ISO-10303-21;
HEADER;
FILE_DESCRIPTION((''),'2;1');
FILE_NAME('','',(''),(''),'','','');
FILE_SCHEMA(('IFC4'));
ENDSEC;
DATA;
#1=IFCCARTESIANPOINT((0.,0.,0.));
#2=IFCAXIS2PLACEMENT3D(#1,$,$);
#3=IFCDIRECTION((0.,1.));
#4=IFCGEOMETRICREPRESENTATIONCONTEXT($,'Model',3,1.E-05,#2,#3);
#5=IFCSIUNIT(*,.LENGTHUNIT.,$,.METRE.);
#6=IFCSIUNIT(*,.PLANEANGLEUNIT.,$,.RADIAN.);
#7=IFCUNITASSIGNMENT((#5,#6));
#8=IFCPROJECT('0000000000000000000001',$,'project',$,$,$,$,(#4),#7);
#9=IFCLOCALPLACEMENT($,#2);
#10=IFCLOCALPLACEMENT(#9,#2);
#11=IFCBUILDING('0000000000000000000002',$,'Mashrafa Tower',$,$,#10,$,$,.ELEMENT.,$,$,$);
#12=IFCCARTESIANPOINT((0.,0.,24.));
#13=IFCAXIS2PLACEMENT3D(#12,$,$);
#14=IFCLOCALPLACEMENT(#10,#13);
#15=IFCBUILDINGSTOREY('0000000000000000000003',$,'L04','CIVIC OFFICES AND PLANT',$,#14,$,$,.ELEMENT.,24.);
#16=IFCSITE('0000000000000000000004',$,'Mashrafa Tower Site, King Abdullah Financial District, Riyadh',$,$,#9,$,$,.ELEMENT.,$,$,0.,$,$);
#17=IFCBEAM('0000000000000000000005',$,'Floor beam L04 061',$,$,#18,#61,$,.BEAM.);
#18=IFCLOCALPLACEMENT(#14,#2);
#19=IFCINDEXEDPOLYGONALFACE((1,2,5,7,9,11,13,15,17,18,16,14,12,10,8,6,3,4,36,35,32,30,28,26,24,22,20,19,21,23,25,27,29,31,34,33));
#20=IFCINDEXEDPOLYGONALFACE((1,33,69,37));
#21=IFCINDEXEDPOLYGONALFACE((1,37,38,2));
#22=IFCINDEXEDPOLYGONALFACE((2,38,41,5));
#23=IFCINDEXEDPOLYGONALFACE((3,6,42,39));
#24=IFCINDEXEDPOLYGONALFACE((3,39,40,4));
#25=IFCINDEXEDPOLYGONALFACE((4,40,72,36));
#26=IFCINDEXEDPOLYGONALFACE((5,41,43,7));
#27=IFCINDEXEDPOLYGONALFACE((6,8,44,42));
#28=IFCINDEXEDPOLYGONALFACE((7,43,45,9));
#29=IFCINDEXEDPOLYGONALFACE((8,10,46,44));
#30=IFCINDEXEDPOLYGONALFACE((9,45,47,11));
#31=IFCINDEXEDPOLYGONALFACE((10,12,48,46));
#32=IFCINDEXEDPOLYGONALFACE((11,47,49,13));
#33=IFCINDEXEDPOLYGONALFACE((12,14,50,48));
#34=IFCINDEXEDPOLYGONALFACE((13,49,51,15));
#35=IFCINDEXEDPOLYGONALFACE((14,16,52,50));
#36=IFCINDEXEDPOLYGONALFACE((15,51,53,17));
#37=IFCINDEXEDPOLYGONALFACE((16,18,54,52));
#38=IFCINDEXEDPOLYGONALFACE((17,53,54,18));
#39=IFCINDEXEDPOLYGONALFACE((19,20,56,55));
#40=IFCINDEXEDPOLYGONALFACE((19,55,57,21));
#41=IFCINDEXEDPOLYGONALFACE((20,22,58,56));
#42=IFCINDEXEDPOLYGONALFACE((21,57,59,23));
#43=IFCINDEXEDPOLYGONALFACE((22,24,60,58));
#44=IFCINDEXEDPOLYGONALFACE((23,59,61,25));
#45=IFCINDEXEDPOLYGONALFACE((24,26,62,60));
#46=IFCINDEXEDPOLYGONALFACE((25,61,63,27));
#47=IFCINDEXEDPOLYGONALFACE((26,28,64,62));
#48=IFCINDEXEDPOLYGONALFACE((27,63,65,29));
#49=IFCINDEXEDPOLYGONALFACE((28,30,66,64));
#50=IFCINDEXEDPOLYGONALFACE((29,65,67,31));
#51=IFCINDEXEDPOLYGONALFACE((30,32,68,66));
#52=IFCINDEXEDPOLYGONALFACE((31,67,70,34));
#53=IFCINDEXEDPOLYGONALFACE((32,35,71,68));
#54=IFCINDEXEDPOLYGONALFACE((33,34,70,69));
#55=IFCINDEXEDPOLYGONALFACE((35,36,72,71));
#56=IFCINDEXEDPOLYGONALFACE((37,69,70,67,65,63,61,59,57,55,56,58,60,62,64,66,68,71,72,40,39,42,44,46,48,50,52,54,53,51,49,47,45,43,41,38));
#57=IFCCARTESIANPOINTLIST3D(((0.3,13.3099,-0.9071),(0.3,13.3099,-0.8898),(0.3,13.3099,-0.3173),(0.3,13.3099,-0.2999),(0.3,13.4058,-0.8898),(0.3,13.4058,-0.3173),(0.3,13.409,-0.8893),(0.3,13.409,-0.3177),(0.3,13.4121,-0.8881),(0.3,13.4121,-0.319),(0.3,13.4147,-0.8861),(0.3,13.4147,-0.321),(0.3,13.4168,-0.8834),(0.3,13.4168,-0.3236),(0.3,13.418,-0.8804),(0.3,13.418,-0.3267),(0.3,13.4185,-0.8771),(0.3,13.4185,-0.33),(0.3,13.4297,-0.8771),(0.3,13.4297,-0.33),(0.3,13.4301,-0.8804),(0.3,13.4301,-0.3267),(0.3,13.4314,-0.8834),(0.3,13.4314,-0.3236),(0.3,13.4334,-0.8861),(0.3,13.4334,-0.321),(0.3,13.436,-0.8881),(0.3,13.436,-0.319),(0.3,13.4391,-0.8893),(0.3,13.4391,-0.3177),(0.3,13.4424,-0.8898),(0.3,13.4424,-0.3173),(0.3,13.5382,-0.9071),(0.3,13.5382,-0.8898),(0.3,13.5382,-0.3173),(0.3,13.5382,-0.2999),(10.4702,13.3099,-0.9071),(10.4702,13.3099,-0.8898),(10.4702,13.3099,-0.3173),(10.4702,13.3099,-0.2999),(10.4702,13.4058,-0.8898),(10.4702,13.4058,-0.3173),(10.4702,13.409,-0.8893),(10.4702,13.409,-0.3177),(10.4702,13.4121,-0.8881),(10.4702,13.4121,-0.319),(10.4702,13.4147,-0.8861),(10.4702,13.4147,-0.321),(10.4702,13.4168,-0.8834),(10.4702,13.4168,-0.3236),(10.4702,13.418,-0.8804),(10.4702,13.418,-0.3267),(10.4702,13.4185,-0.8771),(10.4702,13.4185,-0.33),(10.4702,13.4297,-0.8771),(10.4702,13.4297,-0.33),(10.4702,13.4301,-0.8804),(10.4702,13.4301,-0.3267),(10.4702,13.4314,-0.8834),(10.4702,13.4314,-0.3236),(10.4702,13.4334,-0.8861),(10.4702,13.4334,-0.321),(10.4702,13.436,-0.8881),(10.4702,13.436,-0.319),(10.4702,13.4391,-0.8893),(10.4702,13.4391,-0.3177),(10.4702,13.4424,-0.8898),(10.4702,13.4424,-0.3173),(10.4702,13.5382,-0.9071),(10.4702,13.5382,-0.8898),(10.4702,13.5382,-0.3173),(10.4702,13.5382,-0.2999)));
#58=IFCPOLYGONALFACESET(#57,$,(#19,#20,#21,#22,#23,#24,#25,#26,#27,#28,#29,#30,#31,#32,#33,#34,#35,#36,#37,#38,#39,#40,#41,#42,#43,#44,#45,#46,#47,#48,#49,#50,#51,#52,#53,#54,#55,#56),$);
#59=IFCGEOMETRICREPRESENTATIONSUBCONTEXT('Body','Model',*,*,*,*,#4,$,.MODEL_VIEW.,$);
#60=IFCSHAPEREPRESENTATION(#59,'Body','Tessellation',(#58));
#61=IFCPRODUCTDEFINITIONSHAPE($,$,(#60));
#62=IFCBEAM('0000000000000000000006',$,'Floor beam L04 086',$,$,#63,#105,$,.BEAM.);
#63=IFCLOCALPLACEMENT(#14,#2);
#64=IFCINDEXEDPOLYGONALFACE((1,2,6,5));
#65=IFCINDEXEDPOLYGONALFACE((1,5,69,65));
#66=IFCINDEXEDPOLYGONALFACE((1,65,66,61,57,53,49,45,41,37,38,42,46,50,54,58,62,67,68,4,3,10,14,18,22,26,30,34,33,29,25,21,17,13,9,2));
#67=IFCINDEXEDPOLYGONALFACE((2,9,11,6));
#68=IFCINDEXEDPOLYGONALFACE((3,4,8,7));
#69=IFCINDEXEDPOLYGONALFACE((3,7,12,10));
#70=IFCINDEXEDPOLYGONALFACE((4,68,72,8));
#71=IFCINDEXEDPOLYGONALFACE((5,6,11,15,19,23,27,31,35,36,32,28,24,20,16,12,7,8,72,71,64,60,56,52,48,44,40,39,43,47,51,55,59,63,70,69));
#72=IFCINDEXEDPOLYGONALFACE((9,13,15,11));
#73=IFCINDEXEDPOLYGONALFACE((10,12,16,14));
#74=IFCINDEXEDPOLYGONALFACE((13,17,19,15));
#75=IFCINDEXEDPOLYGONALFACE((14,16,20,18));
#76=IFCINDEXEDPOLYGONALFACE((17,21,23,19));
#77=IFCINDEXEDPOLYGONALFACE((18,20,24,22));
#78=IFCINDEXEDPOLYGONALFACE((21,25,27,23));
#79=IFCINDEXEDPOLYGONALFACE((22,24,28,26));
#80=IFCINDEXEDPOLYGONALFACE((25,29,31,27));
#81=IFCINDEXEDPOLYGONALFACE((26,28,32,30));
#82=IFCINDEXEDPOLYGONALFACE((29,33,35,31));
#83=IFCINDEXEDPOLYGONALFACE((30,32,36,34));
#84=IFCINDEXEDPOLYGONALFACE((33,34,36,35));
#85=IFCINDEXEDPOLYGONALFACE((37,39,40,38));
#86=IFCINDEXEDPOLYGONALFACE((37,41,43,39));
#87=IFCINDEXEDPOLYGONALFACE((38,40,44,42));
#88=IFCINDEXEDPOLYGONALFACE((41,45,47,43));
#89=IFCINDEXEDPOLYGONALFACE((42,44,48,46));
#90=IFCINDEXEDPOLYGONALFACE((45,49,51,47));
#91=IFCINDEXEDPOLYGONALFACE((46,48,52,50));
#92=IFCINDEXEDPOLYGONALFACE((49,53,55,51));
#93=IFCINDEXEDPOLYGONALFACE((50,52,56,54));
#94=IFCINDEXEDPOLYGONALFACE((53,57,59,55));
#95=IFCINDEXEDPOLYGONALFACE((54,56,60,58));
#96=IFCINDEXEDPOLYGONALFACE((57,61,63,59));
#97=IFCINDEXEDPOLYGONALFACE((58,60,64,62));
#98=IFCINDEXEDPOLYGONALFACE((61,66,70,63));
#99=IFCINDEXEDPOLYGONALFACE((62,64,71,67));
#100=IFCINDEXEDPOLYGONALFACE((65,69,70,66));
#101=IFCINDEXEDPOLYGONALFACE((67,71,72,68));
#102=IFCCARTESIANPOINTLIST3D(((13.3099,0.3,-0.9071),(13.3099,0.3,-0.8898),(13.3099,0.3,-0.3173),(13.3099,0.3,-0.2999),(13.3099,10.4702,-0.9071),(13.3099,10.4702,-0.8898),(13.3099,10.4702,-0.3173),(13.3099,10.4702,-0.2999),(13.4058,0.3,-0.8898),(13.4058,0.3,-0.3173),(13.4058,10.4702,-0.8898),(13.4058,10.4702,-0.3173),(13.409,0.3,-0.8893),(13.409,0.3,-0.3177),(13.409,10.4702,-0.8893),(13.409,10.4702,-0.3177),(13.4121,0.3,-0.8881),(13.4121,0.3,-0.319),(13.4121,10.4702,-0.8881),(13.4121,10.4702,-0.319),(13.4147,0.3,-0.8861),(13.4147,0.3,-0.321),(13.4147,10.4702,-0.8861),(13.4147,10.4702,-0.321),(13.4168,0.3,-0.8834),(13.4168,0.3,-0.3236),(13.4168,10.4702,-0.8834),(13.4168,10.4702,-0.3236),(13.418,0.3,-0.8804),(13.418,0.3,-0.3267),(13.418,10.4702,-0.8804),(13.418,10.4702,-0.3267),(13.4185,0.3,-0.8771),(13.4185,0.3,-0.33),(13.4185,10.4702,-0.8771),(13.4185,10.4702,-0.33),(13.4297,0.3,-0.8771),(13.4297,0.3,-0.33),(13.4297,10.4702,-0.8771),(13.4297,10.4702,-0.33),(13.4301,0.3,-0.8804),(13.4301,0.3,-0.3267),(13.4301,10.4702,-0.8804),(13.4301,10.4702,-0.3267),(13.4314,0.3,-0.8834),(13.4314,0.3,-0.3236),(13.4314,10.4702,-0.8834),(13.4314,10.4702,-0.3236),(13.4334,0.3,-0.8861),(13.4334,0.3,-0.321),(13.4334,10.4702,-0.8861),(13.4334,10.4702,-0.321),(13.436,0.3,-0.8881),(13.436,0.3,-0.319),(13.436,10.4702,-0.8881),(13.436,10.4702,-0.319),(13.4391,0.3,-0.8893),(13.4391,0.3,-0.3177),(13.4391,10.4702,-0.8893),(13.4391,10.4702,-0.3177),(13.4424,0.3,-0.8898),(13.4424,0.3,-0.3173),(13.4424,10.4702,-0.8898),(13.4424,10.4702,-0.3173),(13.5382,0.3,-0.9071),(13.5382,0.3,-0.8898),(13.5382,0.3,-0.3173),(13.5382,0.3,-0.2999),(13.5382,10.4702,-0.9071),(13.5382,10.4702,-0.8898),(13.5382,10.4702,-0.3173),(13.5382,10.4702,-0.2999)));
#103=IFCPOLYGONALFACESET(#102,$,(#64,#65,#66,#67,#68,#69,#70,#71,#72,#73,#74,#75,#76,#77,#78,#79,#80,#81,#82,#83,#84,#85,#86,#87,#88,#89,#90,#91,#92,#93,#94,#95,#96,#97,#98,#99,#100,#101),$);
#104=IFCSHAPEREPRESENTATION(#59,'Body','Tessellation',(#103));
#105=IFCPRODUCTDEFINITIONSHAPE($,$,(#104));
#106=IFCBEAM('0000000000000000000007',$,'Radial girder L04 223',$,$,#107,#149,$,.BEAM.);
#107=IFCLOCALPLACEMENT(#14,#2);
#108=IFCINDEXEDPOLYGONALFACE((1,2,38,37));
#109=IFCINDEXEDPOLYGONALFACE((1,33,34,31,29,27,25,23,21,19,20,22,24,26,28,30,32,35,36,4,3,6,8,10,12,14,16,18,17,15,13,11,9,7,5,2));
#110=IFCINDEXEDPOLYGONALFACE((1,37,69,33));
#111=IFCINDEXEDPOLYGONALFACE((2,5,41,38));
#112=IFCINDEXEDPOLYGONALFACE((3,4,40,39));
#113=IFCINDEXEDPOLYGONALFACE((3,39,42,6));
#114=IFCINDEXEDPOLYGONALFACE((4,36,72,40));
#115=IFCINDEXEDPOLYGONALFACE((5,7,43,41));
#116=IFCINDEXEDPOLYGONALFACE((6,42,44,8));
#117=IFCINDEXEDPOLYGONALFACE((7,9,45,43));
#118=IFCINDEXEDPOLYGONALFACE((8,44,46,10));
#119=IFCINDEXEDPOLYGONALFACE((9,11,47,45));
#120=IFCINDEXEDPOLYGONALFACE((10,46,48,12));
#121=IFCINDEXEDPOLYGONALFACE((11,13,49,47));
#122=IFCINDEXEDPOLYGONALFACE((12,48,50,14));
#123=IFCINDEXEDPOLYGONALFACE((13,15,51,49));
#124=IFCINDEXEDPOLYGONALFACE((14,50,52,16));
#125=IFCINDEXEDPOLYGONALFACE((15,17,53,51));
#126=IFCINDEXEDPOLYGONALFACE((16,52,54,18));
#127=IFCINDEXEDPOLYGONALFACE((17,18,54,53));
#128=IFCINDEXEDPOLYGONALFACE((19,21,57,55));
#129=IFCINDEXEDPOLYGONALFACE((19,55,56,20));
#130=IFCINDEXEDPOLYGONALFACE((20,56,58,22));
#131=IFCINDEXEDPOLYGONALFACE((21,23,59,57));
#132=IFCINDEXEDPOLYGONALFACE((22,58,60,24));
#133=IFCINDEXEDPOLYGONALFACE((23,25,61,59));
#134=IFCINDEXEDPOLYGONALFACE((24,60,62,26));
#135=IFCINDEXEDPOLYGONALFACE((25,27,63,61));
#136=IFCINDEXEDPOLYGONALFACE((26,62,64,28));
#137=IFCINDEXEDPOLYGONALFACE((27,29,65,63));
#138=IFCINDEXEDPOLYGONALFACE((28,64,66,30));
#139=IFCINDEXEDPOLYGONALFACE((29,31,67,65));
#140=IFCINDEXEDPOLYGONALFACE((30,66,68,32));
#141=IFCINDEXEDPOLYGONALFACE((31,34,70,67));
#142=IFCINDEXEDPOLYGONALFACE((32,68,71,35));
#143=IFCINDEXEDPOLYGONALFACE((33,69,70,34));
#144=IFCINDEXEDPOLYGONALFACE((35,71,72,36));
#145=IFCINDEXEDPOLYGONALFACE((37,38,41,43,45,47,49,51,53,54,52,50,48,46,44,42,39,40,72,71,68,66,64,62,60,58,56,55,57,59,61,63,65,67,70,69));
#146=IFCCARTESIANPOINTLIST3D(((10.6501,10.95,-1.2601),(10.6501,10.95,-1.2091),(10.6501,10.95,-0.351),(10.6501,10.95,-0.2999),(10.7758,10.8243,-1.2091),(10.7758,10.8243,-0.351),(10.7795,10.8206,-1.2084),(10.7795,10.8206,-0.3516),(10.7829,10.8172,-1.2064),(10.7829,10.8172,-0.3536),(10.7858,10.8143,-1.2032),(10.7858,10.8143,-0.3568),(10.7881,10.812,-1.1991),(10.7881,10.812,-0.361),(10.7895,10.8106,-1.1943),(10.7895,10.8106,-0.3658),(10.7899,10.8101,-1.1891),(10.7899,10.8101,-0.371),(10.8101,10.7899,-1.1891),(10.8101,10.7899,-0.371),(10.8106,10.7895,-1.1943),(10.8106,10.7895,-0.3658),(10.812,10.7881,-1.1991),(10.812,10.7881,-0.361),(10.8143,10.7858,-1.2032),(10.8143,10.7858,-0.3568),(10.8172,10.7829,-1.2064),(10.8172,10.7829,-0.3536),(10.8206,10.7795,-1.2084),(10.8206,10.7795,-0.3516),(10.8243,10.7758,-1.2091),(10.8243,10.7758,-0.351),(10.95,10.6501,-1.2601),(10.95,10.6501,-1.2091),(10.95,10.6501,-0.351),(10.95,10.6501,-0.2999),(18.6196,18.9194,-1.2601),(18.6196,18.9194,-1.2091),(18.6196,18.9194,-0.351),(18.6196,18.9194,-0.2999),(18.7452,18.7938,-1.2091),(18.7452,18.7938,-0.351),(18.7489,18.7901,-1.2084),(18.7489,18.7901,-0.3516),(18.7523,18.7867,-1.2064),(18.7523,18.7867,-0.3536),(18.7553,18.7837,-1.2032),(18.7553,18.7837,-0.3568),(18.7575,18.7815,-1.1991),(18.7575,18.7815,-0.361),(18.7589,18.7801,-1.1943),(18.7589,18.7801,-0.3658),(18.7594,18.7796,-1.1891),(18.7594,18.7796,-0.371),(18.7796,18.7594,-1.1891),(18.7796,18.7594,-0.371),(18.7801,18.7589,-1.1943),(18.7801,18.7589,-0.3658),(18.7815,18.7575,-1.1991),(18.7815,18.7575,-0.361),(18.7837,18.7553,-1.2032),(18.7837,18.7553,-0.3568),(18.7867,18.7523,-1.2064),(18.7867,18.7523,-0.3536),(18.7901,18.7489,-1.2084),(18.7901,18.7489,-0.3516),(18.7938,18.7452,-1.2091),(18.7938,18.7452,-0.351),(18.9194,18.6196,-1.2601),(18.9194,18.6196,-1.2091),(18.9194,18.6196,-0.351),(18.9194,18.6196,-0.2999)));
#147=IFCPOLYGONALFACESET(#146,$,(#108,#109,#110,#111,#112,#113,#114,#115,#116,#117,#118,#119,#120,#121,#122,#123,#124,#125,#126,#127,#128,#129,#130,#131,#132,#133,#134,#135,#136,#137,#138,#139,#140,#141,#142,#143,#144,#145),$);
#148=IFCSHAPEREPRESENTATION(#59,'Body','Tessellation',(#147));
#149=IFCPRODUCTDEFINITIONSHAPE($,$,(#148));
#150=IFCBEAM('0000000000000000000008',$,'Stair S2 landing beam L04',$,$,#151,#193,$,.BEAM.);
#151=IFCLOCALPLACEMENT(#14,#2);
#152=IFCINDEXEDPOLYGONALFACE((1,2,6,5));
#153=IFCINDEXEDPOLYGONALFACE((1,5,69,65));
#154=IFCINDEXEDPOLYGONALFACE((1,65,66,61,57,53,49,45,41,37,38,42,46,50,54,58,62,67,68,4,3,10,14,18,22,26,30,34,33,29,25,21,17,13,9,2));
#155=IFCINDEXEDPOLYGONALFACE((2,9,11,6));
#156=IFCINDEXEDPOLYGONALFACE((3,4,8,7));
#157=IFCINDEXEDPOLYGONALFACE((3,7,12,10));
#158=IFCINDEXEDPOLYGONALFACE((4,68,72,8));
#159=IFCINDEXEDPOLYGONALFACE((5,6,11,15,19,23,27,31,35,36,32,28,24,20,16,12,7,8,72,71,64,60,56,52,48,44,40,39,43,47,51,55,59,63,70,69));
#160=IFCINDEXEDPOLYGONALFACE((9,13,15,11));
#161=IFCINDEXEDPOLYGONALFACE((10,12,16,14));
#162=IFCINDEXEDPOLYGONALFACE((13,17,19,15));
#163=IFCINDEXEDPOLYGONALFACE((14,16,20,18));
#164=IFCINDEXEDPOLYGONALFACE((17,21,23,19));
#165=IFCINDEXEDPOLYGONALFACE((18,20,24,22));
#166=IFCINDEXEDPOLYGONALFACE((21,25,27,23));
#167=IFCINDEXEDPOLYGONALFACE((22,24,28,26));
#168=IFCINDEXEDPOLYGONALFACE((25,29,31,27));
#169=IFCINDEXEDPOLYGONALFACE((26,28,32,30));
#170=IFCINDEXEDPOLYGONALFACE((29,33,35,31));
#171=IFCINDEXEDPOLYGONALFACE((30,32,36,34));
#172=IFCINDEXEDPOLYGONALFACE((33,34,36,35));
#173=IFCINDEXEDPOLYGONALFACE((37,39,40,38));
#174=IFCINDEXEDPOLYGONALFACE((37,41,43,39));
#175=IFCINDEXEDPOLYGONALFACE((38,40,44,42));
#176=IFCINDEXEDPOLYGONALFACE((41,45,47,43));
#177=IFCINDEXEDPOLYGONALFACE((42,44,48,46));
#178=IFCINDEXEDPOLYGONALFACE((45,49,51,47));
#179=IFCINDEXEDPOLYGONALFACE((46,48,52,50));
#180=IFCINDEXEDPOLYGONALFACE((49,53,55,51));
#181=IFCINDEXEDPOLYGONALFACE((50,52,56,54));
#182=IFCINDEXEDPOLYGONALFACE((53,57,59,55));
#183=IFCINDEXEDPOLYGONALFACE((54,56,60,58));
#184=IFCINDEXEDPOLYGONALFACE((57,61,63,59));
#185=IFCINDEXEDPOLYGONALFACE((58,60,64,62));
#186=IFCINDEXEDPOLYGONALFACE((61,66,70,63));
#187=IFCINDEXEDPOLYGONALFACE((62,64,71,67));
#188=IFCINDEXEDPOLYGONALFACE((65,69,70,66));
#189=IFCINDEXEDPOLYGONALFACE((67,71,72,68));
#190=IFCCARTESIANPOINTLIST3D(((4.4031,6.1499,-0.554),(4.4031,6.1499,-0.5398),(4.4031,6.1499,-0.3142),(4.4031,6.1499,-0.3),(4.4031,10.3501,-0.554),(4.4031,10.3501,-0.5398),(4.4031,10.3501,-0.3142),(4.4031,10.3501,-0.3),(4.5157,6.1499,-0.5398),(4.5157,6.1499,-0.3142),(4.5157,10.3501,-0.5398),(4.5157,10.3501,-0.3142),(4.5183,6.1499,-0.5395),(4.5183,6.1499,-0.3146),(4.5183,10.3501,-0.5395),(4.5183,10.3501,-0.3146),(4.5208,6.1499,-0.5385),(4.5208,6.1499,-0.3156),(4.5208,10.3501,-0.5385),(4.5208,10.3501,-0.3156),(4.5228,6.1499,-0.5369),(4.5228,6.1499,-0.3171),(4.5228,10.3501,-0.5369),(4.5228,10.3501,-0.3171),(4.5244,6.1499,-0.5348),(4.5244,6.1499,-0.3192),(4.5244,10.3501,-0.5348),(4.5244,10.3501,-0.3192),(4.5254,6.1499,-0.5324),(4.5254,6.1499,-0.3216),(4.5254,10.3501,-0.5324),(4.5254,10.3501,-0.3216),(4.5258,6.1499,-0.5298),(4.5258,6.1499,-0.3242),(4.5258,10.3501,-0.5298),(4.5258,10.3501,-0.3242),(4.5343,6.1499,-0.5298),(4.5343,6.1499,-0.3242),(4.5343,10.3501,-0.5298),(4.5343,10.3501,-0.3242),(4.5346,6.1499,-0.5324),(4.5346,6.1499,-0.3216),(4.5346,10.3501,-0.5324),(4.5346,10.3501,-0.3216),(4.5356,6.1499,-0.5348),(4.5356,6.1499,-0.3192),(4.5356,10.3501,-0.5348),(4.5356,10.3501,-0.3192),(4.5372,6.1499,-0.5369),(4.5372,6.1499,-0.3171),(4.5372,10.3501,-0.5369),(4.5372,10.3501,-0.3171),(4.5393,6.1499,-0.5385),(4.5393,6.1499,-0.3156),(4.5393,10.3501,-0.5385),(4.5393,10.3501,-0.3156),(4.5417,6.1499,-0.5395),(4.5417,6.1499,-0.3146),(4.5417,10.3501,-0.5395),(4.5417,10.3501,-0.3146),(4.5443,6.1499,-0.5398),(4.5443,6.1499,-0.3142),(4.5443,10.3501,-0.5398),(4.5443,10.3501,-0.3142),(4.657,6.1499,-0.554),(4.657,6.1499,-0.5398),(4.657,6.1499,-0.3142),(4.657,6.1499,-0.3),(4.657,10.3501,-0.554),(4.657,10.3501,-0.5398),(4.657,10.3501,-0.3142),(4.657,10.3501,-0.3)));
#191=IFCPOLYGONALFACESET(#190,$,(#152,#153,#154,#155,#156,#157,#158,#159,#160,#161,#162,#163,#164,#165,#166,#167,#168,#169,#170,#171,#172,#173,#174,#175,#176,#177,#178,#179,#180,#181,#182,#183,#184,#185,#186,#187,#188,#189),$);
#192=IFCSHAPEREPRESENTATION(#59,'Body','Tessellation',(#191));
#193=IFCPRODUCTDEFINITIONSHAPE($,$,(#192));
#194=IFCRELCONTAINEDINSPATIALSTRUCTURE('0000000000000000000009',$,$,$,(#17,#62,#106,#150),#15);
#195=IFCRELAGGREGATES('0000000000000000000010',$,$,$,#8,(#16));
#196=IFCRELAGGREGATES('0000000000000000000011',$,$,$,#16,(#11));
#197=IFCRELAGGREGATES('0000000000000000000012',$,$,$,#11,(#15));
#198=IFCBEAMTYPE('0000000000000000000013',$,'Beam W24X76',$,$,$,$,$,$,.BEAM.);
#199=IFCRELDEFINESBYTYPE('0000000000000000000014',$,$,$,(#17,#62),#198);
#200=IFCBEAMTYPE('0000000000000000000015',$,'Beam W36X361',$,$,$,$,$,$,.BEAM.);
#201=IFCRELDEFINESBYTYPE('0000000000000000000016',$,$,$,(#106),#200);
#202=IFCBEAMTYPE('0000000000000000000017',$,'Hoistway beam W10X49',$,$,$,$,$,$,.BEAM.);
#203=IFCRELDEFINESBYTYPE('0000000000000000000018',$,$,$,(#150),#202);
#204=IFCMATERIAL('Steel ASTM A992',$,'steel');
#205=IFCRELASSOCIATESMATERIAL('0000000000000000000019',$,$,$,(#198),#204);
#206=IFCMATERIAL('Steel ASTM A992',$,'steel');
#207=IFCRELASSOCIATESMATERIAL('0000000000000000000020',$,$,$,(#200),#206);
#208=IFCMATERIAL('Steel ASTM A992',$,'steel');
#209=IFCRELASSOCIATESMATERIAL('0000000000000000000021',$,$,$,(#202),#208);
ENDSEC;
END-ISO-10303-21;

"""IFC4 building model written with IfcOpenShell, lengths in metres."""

from ifc_helpers import new_model, si_unit, direction, frame, origin, origin_2d, place, context, subcontext, project, spatial, i_section, extrude, material, material_profile, profile_set, type_object, element, save


model = new_model("IFC4")

# Units and contexts
model_context = context("Model", 3, precision=1e-05, world=origin(), true_north=direction((0.0, 1.0)))
body_context = subcontext(model_context, "Body", "Model", "MODEL_VIEW")
ifc_project = project(units=[si_unit("LENGTHUNIT", "METRE"), si_unit("PLANEANGLEUNIT", "RADIAN")], contexts=[model_context])

# Site, building, storey
site_placement = place(None, origin())
site = spatial("IfcSite", under=ifc_project, at=site_placement, Name="Mashrafa Tower Site, King Abdullah Financial District, Riyadh", CompositionType="ELEMENT", RefElevation=0.0)
building_placement = place(site_placement, origin())
building = spatial("IfcBuilding", under=site, at=building_placement, Name="Mashrafa Tower", CompositionType="ELEMENT")
storey_placement = place(building_placement, frame((0.0, 0.0, 24.0)))
storey = spatial("IfcBuildingStorey", under=building, at=storey_placement, Name="L04", Description="CIVIC OFFICES AND PLANT", CompositionType="ELEMENT", Elevation=24.0)

# Beams
ifc_material_1 = material(Name="Steel ASTM A992", Category="steel")
ifc_material_profile_1 = material_profile(ifc_material_1, i_section(OverallWidth=0.2283, OverallDepth=0.6072, WebThickness=0.0112, FlangeThickness=0.0173, FilletRadius=0.0127, at=origin_2d()), Name="W24X76")
ifc_profile_set_1 = profile_set([ifc_material_profile_1], Name="Steel ASTM A992")
beam_type_1 = type_object("IfcBeamType", Name="Beam W24X76", PredefinedType="BEAM", material=ifc_profile_set_1)
for number, where, z_axis, x_axis, name in (
    (1, (0.3, 13.4241, -0.6035), (1.0, 0.0, 0.0), (0.0, 1.0, 0.0), "Floor beam L04 061"),
    (2, (13.4241, 10.4702, -0.6035), (0.0, -1.0, 0.0), (1.0, 0.0, 0.0), "Floor beam L04 086"),
):
    element("IfcBeam", number, at=place(storey_placement, frame(where, z_axis=z_axis, x_axis=x_axis)), inside=storey, type_object=beam_type_1, Name=name, PredefinedType="BEAM", context=body_context, shape_type="SweptSolid", body=[
        extrude(i_section(OverallWidth=0.2283, OverallDepth=0.6072, WebThickness=0.0112, FlangeThickness=0.0173, FilletRadius=0.0127, at=origin_2d()), origin(), (0.0, 0.0, 1.0), 10.1702),
    ])
ifc_material_2 = material(Name="Steel ASTM A992", Category="steel")
ifc_material_profile_2 = material_profile(ifc_material_2, i_section(OverallWidth=0.4241, OverallDepth=0.9602, WebThickness=0.0286, FlangeThickness=0.051, FilletRadius=0.02, at=origin_2d()), Name="W36X361")
ifc_profile_set_2 = profile_set([ifc_material_profile_2], Name="Steel ASTM A992")
beam_type_2 = type_object("IfcBeamType", Name="Beam W36X361", PredefinedType="BEAM", material=ifc_profile_set_2)
beam_1_placement = place(storey_placement, frame((10.8, 10.8, -0.78), z_axis=(0.707107, 0.707107, 0.0), x_axis=(-0.707107, 0.707107, 0.0)))
element("IfcBeam", 3, at=beam_1_placement, inside=storey, type_object=beam_type_2, Name="Radial girder L04 223", PredefinedType="BEAM", context=body_context, shape_type="SweptSolid", body=[
    extrude(i_section(OverallWidth=0.4241, OverallDepth=0.9602, WebThickness=0.0286, FlangeThickness=0.051, FilletRadius=0.02, at=origin_2d()), origin(), (0.0, 0.0, 1.0), 11.2705),
])
ifc_material_3 = material(Name="Steel ASTM A992", Category="steel")
ifc_material_profile_3 = material_profile(ifc_material_3, i_section(OverallWidth=0.2539, OverallDepth=0.2539, WebThickness=0.0085, FlangeThickness=0.0142, FilletRadius=0.01, at=origin_2d()), Name="W10X49")
ifc_profile_set_3 = profile_set([ifc_material_profile_3], Name="Steel ASTM A992")
beam_type_3 = type_object("IfcBeamType", Name="Hoistway beam W10X49", PredefinedType="BEAM", material=ifc_profile_set_3)
beam_2_placement = place(storey_placement, frame((4.53, 6.1499, -0.427), z_axis=(0.0, 1.0, 0.0), x_axis=(-1.0, 0.0, 0.0)))
element("IfcBeam", 4, at=beam_2_placement, inside=storey, type_object=beam_type_3, Name="Stair S2 landing beam L04", PredefinedType="BEAM", context=body_context, shape_type="SweptSolid", body=[
    extrude(i_section(OverallWidth=0.2539, OverallDepth=0.2539, WebThickness=0.0085, FlangeThickness=0.0142, FilletRadius=0.01, at=origin_2d()), origin(), (0.0, 0.0, 1.0), 4.2002),
])

save(model, "model.ifc")
